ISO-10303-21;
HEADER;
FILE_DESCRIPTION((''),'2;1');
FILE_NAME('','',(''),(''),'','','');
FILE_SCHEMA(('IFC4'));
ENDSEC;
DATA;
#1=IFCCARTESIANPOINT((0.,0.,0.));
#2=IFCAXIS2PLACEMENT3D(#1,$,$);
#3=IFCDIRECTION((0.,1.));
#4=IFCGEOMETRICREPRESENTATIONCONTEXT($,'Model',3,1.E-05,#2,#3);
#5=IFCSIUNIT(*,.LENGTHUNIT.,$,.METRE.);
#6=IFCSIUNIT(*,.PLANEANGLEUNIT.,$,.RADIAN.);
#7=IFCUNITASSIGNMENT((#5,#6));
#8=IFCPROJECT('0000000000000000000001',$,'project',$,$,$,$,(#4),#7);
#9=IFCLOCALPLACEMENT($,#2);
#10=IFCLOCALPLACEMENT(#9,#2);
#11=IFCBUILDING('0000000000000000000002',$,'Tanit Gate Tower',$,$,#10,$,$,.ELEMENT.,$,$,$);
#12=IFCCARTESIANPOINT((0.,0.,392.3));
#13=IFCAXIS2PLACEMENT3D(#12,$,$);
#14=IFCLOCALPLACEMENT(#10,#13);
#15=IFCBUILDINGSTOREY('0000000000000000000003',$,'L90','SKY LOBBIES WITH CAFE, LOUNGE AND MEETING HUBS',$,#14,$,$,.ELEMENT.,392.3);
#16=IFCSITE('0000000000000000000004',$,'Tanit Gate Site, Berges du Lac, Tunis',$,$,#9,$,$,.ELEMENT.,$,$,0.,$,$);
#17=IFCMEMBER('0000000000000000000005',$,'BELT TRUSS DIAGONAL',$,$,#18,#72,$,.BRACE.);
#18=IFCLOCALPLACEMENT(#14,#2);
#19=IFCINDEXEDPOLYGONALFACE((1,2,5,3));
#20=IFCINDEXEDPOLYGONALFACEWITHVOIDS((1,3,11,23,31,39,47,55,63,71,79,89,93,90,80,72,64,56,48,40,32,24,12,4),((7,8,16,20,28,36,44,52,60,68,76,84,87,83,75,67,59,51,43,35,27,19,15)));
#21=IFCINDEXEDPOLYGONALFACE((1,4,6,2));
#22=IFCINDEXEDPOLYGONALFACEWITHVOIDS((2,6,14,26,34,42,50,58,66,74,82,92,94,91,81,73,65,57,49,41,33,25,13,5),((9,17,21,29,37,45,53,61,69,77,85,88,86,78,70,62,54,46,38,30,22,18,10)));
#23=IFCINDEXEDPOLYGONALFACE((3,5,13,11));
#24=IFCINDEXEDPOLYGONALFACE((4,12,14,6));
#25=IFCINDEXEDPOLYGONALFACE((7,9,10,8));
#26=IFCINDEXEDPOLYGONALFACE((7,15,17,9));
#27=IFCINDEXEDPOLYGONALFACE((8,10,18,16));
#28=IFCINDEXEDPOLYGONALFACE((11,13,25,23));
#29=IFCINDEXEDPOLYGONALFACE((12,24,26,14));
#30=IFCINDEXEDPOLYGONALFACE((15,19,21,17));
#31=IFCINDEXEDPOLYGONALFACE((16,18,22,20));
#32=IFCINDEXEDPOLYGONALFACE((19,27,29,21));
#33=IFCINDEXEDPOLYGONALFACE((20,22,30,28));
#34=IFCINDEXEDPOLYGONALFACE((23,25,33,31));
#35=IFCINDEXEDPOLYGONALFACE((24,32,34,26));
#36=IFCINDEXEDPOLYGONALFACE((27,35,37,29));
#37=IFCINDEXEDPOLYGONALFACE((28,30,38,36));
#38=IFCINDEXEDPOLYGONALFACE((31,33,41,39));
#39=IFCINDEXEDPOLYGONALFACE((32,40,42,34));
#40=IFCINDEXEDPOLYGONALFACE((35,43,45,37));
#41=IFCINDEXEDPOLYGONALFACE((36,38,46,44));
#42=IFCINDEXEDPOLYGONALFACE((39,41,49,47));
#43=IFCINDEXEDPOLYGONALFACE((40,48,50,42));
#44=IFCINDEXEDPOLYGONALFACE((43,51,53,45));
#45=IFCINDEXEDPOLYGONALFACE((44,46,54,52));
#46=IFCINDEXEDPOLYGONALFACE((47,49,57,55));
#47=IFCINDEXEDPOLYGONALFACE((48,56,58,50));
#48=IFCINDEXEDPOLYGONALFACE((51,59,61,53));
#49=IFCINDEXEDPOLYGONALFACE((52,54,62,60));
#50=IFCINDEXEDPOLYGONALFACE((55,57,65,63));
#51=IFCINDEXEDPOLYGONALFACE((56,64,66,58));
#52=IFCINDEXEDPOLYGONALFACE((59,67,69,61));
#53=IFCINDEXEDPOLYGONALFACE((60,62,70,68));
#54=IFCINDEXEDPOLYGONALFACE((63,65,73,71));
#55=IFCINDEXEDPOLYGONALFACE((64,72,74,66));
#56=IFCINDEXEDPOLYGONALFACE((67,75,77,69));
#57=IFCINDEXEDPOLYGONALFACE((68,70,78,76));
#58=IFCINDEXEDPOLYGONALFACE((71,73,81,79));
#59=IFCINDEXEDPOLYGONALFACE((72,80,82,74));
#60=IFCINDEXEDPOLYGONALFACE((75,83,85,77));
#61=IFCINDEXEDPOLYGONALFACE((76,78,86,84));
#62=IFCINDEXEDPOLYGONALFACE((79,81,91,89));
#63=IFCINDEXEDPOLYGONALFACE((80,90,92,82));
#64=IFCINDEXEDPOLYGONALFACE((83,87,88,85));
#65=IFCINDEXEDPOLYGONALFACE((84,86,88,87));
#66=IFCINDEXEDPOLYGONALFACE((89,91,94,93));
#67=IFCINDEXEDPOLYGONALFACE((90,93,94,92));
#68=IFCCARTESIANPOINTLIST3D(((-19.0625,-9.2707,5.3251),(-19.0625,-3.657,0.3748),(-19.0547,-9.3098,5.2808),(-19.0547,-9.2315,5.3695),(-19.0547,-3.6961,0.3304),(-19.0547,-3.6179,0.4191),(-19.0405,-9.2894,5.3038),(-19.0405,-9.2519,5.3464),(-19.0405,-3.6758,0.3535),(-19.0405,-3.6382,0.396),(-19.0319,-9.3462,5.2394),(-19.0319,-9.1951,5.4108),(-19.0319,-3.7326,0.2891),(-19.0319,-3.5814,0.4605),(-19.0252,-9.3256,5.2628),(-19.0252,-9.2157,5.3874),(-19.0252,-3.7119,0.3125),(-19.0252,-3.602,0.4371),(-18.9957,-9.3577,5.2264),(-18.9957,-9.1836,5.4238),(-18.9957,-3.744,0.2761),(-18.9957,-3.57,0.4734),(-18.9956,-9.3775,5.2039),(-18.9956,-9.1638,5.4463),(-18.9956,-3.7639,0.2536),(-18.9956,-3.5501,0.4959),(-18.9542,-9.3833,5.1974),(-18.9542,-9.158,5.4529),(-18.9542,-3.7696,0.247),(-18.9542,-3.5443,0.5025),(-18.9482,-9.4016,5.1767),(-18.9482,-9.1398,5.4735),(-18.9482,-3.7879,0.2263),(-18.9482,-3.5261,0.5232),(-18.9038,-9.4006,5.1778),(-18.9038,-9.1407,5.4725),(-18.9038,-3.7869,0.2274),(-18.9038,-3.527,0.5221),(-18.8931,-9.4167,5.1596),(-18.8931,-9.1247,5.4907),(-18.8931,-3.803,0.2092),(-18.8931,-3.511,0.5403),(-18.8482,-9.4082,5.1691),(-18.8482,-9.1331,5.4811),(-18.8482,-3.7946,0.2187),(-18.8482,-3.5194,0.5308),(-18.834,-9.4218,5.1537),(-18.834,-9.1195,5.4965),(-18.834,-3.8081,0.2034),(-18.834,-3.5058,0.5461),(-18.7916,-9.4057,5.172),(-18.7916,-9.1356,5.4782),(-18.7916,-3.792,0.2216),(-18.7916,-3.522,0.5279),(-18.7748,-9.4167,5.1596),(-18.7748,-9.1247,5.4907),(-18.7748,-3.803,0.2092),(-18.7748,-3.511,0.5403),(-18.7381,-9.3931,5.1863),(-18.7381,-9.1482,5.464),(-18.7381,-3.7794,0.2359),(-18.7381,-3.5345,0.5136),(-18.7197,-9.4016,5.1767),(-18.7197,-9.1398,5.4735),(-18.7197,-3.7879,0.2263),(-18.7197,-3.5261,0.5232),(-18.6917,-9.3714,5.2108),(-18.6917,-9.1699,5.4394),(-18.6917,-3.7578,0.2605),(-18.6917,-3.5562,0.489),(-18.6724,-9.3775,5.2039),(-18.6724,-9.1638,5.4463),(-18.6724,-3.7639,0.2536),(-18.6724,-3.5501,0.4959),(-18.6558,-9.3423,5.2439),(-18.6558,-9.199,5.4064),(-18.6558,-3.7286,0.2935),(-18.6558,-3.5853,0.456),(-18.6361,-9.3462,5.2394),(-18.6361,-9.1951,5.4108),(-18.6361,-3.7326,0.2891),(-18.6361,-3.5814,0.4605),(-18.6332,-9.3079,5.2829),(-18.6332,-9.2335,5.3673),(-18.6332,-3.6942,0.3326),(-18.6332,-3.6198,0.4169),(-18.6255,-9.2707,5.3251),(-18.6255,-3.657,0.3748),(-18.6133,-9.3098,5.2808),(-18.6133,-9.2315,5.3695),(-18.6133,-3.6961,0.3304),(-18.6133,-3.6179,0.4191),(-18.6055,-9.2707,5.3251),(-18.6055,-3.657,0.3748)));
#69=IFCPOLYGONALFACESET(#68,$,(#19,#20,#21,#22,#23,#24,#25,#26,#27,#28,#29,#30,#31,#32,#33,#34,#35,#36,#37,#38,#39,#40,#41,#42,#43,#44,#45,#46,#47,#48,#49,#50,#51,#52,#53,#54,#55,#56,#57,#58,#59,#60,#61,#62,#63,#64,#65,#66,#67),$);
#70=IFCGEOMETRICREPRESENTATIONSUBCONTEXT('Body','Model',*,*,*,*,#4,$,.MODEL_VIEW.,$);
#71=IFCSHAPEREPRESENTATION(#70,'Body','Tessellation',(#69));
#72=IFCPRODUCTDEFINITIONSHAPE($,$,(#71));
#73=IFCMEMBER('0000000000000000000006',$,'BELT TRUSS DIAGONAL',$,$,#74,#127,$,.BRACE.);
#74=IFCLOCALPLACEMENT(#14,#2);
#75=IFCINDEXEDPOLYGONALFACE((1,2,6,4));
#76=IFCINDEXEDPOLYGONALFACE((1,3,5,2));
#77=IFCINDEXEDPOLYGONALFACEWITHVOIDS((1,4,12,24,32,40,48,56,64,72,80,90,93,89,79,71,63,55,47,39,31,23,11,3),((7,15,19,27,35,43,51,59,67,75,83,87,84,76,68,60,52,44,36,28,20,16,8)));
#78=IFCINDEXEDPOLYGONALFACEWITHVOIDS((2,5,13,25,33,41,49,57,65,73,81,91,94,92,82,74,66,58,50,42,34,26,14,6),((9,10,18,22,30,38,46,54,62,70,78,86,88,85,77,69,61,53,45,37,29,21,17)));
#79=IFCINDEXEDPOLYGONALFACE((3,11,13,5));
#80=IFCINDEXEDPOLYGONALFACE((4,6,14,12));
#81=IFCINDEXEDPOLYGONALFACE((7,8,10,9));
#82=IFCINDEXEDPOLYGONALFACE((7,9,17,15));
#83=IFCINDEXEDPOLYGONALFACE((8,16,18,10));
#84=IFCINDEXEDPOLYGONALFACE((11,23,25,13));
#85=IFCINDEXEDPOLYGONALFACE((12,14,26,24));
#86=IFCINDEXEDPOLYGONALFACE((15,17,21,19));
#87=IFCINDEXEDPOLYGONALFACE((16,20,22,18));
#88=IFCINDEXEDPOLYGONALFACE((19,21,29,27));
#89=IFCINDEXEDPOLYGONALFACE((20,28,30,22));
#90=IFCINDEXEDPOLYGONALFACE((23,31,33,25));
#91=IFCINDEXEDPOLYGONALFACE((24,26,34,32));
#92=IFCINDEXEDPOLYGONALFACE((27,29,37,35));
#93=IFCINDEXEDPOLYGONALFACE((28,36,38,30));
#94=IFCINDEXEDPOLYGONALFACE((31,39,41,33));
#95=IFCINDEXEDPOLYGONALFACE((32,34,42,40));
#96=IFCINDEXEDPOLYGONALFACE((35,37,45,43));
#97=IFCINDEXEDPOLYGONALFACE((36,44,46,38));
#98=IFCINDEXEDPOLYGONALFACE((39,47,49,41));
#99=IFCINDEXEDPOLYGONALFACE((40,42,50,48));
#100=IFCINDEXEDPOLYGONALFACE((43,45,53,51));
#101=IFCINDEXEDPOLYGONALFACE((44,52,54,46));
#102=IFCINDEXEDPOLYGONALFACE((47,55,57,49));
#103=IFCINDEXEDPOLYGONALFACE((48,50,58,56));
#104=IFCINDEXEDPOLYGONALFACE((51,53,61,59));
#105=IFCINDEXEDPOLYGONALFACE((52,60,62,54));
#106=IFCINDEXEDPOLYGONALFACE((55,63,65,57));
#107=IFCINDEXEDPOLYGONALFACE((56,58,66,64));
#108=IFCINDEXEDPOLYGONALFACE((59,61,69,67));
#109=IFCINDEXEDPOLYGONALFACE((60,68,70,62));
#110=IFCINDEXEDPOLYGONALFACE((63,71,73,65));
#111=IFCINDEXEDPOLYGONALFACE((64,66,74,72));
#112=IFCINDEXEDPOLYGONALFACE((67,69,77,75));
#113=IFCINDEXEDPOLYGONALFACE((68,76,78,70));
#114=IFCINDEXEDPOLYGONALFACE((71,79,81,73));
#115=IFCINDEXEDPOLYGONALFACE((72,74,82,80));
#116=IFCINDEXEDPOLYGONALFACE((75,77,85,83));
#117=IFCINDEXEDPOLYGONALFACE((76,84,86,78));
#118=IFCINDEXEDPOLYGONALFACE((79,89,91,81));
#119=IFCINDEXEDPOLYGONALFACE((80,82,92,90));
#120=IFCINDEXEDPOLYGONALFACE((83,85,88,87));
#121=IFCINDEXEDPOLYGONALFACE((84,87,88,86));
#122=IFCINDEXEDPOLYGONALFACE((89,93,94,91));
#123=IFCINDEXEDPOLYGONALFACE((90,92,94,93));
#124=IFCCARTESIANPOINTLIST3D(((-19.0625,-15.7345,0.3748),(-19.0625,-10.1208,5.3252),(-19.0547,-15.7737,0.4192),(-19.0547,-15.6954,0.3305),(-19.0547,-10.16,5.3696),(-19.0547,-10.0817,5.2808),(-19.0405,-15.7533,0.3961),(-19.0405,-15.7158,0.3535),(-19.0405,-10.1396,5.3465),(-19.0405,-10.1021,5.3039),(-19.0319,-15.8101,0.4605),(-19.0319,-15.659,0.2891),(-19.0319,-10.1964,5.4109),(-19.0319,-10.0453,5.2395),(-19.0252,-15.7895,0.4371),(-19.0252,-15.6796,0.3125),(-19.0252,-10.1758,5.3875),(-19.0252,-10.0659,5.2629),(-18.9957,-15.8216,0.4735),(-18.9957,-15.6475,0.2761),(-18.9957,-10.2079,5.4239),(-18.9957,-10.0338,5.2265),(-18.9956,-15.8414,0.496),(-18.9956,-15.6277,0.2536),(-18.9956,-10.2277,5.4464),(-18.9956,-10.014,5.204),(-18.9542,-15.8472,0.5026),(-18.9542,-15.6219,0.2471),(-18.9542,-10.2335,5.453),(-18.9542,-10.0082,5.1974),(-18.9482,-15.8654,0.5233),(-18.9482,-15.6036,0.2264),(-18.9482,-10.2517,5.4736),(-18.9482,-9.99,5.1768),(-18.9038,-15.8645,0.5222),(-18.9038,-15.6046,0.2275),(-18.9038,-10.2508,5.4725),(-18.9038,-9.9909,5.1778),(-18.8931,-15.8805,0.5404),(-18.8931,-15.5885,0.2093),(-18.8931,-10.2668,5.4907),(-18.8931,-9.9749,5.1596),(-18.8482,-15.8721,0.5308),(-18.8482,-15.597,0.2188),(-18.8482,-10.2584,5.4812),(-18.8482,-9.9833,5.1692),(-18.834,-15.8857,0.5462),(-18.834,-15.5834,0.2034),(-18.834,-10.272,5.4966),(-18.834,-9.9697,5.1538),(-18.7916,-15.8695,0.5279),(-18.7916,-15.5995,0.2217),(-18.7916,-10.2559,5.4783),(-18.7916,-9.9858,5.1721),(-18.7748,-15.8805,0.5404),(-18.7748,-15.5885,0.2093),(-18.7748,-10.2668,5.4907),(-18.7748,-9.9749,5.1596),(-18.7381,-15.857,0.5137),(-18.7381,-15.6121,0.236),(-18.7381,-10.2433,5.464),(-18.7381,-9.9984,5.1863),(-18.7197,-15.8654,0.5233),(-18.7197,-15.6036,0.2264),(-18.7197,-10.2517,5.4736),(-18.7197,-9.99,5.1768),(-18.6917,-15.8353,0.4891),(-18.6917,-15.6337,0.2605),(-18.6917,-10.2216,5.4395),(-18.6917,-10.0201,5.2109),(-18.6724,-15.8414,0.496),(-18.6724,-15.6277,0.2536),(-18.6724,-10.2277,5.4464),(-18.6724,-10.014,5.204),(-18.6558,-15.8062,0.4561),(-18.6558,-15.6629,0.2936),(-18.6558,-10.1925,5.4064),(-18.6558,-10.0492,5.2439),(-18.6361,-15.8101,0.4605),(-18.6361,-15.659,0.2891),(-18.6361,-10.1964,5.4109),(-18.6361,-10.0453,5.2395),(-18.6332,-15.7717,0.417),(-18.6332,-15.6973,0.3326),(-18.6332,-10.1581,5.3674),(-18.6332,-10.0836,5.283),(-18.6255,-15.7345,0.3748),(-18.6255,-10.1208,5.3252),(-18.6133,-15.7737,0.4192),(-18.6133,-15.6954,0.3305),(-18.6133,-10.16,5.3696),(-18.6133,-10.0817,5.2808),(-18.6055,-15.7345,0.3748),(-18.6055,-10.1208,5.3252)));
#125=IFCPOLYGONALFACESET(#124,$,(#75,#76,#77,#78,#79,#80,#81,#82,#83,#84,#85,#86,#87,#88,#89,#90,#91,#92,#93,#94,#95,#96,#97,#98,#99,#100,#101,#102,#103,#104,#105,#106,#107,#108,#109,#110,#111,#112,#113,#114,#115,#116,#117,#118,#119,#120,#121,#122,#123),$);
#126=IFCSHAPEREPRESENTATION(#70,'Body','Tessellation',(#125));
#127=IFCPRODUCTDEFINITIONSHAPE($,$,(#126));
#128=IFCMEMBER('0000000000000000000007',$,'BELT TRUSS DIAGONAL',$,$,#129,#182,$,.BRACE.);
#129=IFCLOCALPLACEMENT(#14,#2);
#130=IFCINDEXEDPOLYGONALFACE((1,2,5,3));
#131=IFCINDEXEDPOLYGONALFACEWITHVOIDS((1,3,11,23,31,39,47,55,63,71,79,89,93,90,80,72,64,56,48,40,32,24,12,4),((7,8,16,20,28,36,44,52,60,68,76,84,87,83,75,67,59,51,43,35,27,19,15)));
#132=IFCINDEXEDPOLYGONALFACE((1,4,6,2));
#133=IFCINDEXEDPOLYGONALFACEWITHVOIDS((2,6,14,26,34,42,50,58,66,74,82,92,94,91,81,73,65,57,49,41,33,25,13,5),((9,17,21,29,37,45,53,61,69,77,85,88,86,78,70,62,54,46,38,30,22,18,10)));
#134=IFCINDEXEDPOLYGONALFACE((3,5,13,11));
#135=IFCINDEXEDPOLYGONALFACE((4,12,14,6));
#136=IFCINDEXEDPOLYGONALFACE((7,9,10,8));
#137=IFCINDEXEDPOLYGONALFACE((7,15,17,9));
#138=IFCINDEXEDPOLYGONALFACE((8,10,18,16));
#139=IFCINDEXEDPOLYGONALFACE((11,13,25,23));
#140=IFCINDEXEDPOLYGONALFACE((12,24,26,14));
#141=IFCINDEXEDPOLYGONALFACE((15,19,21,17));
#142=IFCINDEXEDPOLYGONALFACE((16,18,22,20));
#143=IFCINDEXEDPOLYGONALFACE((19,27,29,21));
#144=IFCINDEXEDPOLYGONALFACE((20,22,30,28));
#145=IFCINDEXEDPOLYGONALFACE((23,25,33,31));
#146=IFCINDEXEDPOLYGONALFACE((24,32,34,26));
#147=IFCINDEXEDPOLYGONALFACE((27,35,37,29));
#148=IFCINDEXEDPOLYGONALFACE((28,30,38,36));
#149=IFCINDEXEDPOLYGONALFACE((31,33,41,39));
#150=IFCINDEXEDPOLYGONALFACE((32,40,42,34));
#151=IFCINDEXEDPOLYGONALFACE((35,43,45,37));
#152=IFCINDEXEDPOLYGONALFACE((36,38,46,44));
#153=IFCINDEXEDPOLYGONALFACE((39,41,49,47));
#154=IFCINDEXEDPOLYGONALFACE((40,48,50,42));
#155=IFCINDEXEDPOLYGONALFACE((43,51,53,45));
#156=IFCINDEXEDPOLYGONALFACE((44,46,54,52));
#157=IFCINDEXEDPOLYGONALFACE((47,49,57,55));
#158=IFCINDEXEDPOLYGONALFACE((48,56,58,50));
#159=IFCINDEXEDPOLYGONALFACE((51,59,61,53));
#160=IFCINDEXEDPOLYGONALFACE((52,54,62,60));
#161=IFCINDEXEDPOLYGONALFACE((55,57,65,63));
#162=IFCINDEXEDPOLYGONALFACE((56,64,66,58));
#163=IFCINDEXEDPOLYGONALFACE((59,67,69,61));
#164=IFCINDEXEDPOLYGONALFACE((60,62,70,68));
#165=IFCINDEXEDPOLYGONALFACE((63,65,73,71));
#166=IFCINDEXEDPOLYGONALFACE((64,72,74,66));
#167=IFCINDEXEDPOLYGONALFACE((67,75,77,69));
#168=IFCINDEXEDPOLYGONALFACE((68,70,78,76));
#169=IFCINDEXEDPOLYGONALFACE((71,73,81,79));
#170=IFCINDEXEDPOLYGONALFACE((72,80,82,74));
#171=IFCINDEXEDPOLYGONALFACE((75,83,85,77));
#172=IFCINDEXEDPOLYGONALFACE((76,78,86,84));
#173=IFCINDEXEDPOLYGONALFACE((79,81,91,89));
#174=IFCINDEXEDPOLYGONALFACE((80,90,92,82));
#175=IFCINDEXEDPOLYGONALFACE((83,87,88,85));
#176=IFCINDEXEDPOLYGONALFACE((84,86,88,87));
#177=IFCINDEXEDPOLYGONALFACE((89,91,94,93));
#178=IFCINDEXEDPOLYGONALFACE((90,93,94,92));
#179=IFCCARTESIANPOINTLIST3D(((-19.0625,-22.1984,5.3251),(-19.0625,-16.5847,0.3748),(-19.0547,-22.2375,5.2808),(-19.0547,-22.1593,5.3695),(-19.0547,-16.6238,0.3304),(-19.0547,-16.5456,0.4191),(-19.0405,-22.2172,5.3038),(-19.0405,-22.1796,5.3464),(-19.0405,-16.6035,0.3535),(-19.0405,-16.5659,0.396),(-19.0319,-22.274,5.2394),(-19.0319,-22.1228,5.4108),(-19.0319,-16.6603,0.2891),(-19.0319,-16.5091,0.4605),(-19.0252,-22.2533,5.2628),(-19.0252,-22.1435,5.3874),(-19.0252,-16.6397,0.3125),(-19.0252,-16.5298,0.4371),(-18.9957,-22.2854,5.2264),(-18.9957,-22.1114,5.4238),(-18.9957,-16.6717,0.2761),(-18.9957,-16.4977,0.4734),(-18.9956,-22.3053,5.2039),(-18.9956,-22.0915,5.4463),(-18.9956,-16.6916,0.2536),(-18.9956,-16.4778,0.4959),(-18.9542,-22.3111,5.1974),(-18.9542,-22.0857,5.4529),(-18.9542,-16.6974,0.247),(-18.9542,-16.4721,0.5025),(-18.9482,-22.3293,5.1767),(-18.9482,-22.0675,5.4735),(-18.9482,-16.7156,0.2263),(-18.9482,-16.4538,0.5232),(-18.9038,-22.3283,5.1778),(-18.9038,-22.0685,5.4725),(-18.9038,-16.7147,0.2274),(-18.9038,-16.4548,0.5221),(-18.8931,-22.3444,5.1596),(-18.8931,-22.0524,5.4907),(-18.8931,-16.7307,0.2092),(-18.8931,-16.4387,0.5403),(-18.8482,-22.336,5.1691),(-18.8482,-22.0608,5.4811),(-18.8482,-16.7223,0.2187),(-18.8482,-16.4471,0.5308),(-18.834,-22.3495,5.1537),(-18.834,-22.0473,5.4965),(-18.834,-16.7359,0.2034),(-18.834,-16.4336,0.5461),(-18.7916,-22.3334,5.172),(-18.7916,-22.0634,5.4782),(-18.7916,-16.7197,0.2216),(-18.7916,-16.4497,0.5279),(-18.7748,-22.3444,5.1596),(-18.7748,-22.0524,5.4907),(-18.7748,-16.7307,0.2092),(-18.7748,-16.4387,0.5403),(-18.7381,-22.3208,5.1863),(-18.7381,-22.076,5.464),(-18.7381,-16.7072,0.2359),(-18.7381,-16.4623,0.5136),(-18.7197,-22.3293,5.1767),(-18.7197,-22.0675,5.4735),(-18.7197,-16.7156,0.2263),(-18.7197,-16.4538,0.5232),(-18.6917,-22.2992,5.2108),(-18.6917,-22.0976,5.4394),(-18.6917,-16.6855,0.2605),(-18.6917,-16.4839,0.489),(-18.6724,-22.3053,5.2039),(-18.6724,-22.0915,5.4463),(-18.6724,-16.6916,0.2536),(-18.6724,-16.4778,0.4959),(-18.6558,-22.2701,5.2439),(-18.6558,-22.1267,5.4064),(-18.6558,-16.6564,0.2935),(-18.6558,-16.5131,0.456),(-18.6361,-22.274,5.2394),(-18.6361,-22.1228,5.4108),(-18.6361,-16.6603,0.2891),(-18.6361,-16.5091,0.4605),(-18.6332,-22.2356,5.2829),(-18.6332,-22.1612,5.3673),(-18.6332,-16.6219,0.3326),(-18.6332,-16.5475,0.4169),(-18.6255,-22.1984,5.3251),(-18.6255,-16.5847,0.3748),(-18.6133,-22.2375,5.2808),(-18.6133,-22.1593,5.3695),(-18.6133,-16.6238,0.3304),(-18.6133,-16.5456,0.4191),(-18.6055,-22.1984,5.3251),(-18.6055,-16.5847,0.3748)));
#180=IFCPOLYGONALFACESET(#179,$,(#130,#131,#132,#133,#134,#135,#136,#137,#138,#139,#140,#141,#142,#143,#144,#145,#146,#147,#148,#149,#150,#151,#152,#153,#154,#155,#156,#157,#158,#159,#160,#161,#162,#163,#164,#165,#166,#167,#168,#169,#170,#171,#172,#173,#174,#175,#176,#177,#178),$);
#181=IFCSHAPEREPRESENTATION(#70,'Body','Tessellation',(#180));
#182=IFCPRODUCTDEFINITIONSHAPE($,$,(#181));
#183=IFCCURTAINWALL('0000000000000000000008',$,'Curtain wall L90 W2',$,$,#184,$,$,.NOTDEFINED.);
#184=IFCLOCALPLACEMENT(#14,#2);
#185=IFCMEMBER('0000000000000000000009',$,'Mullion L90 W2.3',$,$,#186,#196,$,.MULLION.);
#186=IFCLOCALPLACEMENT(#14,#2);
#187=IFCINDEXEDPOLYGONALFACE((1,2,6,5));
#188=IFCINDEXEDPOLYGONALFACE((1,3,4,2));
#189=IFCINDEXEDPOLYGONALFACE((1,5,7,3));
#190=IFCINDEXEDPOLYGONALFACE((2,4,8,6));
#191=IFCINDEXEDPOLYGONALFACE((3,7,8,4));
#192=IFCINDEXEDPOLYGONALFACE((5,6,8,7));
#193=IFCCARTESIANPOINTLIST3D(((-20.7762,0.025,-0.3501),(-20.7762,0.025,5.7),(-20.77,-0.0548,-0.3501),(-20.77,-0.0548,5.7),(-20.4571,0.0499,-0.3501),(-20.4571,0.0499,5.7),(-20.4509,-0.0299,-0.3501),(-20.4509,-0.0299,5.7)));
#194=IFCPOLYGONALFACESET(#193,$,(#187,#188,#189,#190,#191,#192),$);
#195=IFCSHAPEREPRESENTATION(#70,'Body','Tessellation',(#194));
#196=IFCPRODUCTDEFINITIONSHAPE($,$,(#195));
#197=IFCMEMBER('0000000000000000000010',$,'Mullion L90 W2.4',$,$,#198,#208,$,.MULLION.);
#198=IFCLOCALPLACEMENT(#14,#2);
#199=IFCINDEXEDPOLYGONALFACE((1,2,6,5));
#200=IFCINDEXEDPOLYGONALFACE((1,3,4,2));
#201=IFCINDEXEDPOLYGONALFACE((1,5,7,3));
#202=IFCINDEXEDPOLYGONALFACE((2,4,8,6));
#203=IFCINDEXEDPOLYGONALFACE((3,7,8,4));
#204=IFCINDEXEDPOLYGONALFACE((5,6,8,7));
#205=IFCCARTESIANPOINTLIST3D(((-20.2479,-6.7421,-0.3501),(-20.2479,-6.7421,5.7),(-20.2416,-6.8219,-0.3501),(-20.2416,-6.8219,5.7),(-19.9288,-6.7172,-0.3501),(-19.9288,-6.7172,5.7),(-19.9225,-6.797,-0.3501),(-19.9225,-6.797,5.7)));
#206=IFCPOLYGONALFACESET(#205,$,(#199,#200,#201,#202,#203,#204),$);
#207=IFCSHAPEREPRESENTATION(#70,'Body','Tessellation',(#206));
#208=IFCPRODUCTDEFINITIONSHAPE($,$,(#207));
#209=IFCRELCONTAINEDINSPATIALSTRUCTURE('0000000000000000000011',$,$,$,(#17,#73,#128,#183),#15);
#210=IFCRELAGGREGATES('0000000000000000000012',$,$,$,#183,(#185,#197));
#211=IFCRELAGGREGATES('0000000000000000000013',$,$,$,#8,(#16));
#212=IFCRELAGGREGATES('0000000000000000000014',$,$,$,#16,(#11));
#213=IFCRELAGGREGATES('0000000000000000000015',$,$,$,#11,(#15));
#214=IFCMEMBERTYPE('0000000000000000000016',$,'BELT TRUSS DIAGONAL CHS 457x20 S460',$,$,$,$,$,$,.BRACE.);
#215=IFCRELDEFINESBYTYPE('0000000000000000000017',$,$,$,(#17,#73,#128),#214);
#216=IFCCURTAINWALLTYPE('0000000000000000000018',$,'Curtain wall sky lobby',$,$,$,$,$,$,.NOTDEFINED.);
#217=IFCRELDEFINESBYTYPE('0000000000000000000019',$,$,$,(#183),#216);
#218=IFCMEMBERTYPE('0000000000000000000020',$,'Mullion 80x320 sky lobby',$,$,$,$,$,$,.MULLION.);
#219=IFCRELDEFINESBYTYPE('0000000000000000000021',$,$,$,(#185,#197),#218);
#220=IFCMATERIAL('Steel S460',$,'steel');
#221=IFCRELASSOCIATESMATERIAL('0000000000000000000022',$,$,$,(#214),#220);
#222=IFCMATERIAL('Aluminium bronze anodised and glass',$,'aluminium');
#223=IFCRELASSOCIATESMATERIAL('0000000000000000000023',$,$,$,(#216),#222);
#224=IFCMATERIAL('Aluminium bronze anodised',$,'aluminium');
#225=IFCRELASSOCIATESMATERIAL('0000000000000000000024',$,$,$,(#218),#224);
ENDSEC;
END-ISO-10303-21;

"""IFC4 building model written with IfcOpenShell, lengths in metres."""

from ifc_helpers import new_model, si_unit, direction, frame, origin, origin_2d, place, context, subcontext, project, spatial, rectangle, hollow_circle, extrude, material, material_profile, profile_set, type_object, element, aggregate, save


model = new_model("IFC4")

# Units and contexts
model_context = context("Model", 3, precision=1e-05, world=origin(), true_north=direction((0.0, 1.0)))
body_context = subcontext(model_context, "Body", "Model", "MODEL_VIEW")
ifc_project = project(units=[si_unit("LENGTHUNIT", "METRE"), si_unit("PLANEANGLEUNIT", "RADIAN")], contexts=[model_context])

# Site, building, storey
site_placement = place(None, origin())
site = spatial("IfcSite", under=ifc_project, at=site_placement, Name="Tanit Gate Site, Berges du Lac, Tunis", CompositionType="ELEMENT", RefElevation=0.0)
building_placement = place(site_placement, origin())
building = spatial("IfcBuilding", under=site, at=building_placement, Name="Tanit Gate Tower", CompositionType="ELEMENT")
storey_placement = place(building_placement, frame((0.0, 0.0, 392.3)))
storey = spatial("IfcBuildingStorey", under=building, at=storey_placement, Name="L90", Description="SKY LOBBIES WITH CAFE, LOUNGE AND MEETING HUBS", CompositionType="ELEMENT", Elevation=392.3)

# Members
ifc_material_1 = material(Name="Steel S460", Category="steel")
ifc_material_profile_1 = material_profile(ifc_material_1, hollow_circle(Radius=0.2285, WallThickness=0.02, at=origin_2d()), Name="CHS 457x20")
ifc_profile_set_1 = profile_set([ifc_material_profile_1], Name="Steel S460")
member_type_1 = type_object("IfcMemberType", Name="BELT TRUSS DIAGONAL CHS 457x20 S460", PredefinedType="BRACE", material=ifc_profile_set_1)
for number, where, z_axis, x_axis, name in (
    (1, (-18.834, -3.657, 0.3748), (0.0, -0.750029, 0.661405), (1.0, 0.0, 0.0), "BELT TRUSS DIAGONAL"),
    (2, (-18.834, -10.1208, 5.3252), (0.0, -0.750029, -0.661405), (1.0, 0.0, 0.0), "BELT TRUSS DIAGONAL"),
    (3, (-18.834, -16.5847, 0.3748), (0.0, -0.750029, 0.661405), (1.0, 0.0, 0.0), "BELT TRUSS DIAGONAL"),
):
    element("IfcMember", number, at=place(storey_placement, frame(where, z_axis=z_axis, x_axis=x_axis)), inside=storey, type_object=member_type_1, Name=name, PredefinedType="BRACE", context=body_context, shape_type="SweptSolid", body=[
        extrude(hollow_circle(Radius=0.2285, WallThickness=0.02, at=origin_2d()), origin(), (0.0, 0.0, 1.0), 7.4846),
    ])

# Curtain wall, members
ifc_material_2 = material(Name="Aluminium bronze anodised and glass", Category="aluminium")
curtain_wall_type = type_object("IfcCurtainWallType", Name="Curtain wall sky lobby", PredefinedType="NOTDEFINED", material=ifc_material_2)
curtain_wall_1_placement = place(storey_placement, origin())
curtain_wall_1 = element("IfcCurtainWall", 4, at=curtain_wall_1_placement, inside=storey, type_object=curtain_wall_type, Name="Curtain wall L90 W2", PredefinedType="NOTDEFINED")
ifc_material_3 = material(Name="Aluminium bronze anodised", Category="aluminium")
ifc_material_profile_2 = material_profile(ifc_material_3, rectangle(XDim=0.3201, YDim=0.0801, at=origin_2d()), Name="80x320 bronze mullion")
ifc_profile_set_2 = profile_set([ifc_material_profile_2], Name="Aluminium bronze anodised")
member_type_2 = type_object("IfcMemberType", Name="Mullion 80x320 sky lobby", PredefinedType="MULLION", material=ifc_profile_set_2)
member_1_placement = place(storey_placement, frame((-20.6135, -0.0024, -0.3501), z_axis=(0.0, 0.0, 1.0), x_axis=(0.996966, 0.077839, 0.0)))
member_1 = element("IfcMember", 5, at=member_1_placement, type_object=member_type_2, Name="Mullion L90 W2.3", PredefinedType="MULLION", context=body_context, shape_type="SweptSolid", body=[
    extrude(rectangle(XDim=0.3201, YDim=0.0801, at=origin_2d()), origin(), (0.0, 0.0, 1.0), 6.05),
])
member_2_placement = place(storey_placement, frame((-20.0852, -6.7695, -0.3501), z_axis=(0.0, 0.0, 1.0), x_axis=(0.996966, 0.077839, 0.0)))
member_2 = element("IfcMember", 6, at=member_2_placement, type_object=member_type_2, Name="Mullion L90 W2.4", PredefinedType="MULLION", context=body_context, shape_type="SweptSolid", body=[
    extrude(rectangle(XDim=0.3201, YDim=0.0801, at=origin_2d()), origin(), (0.0, 0.0, 1.0), 6.05),
])

aggregate(curtain_wall_1, [member_1, member_2])

save(model, "model.ifc")
